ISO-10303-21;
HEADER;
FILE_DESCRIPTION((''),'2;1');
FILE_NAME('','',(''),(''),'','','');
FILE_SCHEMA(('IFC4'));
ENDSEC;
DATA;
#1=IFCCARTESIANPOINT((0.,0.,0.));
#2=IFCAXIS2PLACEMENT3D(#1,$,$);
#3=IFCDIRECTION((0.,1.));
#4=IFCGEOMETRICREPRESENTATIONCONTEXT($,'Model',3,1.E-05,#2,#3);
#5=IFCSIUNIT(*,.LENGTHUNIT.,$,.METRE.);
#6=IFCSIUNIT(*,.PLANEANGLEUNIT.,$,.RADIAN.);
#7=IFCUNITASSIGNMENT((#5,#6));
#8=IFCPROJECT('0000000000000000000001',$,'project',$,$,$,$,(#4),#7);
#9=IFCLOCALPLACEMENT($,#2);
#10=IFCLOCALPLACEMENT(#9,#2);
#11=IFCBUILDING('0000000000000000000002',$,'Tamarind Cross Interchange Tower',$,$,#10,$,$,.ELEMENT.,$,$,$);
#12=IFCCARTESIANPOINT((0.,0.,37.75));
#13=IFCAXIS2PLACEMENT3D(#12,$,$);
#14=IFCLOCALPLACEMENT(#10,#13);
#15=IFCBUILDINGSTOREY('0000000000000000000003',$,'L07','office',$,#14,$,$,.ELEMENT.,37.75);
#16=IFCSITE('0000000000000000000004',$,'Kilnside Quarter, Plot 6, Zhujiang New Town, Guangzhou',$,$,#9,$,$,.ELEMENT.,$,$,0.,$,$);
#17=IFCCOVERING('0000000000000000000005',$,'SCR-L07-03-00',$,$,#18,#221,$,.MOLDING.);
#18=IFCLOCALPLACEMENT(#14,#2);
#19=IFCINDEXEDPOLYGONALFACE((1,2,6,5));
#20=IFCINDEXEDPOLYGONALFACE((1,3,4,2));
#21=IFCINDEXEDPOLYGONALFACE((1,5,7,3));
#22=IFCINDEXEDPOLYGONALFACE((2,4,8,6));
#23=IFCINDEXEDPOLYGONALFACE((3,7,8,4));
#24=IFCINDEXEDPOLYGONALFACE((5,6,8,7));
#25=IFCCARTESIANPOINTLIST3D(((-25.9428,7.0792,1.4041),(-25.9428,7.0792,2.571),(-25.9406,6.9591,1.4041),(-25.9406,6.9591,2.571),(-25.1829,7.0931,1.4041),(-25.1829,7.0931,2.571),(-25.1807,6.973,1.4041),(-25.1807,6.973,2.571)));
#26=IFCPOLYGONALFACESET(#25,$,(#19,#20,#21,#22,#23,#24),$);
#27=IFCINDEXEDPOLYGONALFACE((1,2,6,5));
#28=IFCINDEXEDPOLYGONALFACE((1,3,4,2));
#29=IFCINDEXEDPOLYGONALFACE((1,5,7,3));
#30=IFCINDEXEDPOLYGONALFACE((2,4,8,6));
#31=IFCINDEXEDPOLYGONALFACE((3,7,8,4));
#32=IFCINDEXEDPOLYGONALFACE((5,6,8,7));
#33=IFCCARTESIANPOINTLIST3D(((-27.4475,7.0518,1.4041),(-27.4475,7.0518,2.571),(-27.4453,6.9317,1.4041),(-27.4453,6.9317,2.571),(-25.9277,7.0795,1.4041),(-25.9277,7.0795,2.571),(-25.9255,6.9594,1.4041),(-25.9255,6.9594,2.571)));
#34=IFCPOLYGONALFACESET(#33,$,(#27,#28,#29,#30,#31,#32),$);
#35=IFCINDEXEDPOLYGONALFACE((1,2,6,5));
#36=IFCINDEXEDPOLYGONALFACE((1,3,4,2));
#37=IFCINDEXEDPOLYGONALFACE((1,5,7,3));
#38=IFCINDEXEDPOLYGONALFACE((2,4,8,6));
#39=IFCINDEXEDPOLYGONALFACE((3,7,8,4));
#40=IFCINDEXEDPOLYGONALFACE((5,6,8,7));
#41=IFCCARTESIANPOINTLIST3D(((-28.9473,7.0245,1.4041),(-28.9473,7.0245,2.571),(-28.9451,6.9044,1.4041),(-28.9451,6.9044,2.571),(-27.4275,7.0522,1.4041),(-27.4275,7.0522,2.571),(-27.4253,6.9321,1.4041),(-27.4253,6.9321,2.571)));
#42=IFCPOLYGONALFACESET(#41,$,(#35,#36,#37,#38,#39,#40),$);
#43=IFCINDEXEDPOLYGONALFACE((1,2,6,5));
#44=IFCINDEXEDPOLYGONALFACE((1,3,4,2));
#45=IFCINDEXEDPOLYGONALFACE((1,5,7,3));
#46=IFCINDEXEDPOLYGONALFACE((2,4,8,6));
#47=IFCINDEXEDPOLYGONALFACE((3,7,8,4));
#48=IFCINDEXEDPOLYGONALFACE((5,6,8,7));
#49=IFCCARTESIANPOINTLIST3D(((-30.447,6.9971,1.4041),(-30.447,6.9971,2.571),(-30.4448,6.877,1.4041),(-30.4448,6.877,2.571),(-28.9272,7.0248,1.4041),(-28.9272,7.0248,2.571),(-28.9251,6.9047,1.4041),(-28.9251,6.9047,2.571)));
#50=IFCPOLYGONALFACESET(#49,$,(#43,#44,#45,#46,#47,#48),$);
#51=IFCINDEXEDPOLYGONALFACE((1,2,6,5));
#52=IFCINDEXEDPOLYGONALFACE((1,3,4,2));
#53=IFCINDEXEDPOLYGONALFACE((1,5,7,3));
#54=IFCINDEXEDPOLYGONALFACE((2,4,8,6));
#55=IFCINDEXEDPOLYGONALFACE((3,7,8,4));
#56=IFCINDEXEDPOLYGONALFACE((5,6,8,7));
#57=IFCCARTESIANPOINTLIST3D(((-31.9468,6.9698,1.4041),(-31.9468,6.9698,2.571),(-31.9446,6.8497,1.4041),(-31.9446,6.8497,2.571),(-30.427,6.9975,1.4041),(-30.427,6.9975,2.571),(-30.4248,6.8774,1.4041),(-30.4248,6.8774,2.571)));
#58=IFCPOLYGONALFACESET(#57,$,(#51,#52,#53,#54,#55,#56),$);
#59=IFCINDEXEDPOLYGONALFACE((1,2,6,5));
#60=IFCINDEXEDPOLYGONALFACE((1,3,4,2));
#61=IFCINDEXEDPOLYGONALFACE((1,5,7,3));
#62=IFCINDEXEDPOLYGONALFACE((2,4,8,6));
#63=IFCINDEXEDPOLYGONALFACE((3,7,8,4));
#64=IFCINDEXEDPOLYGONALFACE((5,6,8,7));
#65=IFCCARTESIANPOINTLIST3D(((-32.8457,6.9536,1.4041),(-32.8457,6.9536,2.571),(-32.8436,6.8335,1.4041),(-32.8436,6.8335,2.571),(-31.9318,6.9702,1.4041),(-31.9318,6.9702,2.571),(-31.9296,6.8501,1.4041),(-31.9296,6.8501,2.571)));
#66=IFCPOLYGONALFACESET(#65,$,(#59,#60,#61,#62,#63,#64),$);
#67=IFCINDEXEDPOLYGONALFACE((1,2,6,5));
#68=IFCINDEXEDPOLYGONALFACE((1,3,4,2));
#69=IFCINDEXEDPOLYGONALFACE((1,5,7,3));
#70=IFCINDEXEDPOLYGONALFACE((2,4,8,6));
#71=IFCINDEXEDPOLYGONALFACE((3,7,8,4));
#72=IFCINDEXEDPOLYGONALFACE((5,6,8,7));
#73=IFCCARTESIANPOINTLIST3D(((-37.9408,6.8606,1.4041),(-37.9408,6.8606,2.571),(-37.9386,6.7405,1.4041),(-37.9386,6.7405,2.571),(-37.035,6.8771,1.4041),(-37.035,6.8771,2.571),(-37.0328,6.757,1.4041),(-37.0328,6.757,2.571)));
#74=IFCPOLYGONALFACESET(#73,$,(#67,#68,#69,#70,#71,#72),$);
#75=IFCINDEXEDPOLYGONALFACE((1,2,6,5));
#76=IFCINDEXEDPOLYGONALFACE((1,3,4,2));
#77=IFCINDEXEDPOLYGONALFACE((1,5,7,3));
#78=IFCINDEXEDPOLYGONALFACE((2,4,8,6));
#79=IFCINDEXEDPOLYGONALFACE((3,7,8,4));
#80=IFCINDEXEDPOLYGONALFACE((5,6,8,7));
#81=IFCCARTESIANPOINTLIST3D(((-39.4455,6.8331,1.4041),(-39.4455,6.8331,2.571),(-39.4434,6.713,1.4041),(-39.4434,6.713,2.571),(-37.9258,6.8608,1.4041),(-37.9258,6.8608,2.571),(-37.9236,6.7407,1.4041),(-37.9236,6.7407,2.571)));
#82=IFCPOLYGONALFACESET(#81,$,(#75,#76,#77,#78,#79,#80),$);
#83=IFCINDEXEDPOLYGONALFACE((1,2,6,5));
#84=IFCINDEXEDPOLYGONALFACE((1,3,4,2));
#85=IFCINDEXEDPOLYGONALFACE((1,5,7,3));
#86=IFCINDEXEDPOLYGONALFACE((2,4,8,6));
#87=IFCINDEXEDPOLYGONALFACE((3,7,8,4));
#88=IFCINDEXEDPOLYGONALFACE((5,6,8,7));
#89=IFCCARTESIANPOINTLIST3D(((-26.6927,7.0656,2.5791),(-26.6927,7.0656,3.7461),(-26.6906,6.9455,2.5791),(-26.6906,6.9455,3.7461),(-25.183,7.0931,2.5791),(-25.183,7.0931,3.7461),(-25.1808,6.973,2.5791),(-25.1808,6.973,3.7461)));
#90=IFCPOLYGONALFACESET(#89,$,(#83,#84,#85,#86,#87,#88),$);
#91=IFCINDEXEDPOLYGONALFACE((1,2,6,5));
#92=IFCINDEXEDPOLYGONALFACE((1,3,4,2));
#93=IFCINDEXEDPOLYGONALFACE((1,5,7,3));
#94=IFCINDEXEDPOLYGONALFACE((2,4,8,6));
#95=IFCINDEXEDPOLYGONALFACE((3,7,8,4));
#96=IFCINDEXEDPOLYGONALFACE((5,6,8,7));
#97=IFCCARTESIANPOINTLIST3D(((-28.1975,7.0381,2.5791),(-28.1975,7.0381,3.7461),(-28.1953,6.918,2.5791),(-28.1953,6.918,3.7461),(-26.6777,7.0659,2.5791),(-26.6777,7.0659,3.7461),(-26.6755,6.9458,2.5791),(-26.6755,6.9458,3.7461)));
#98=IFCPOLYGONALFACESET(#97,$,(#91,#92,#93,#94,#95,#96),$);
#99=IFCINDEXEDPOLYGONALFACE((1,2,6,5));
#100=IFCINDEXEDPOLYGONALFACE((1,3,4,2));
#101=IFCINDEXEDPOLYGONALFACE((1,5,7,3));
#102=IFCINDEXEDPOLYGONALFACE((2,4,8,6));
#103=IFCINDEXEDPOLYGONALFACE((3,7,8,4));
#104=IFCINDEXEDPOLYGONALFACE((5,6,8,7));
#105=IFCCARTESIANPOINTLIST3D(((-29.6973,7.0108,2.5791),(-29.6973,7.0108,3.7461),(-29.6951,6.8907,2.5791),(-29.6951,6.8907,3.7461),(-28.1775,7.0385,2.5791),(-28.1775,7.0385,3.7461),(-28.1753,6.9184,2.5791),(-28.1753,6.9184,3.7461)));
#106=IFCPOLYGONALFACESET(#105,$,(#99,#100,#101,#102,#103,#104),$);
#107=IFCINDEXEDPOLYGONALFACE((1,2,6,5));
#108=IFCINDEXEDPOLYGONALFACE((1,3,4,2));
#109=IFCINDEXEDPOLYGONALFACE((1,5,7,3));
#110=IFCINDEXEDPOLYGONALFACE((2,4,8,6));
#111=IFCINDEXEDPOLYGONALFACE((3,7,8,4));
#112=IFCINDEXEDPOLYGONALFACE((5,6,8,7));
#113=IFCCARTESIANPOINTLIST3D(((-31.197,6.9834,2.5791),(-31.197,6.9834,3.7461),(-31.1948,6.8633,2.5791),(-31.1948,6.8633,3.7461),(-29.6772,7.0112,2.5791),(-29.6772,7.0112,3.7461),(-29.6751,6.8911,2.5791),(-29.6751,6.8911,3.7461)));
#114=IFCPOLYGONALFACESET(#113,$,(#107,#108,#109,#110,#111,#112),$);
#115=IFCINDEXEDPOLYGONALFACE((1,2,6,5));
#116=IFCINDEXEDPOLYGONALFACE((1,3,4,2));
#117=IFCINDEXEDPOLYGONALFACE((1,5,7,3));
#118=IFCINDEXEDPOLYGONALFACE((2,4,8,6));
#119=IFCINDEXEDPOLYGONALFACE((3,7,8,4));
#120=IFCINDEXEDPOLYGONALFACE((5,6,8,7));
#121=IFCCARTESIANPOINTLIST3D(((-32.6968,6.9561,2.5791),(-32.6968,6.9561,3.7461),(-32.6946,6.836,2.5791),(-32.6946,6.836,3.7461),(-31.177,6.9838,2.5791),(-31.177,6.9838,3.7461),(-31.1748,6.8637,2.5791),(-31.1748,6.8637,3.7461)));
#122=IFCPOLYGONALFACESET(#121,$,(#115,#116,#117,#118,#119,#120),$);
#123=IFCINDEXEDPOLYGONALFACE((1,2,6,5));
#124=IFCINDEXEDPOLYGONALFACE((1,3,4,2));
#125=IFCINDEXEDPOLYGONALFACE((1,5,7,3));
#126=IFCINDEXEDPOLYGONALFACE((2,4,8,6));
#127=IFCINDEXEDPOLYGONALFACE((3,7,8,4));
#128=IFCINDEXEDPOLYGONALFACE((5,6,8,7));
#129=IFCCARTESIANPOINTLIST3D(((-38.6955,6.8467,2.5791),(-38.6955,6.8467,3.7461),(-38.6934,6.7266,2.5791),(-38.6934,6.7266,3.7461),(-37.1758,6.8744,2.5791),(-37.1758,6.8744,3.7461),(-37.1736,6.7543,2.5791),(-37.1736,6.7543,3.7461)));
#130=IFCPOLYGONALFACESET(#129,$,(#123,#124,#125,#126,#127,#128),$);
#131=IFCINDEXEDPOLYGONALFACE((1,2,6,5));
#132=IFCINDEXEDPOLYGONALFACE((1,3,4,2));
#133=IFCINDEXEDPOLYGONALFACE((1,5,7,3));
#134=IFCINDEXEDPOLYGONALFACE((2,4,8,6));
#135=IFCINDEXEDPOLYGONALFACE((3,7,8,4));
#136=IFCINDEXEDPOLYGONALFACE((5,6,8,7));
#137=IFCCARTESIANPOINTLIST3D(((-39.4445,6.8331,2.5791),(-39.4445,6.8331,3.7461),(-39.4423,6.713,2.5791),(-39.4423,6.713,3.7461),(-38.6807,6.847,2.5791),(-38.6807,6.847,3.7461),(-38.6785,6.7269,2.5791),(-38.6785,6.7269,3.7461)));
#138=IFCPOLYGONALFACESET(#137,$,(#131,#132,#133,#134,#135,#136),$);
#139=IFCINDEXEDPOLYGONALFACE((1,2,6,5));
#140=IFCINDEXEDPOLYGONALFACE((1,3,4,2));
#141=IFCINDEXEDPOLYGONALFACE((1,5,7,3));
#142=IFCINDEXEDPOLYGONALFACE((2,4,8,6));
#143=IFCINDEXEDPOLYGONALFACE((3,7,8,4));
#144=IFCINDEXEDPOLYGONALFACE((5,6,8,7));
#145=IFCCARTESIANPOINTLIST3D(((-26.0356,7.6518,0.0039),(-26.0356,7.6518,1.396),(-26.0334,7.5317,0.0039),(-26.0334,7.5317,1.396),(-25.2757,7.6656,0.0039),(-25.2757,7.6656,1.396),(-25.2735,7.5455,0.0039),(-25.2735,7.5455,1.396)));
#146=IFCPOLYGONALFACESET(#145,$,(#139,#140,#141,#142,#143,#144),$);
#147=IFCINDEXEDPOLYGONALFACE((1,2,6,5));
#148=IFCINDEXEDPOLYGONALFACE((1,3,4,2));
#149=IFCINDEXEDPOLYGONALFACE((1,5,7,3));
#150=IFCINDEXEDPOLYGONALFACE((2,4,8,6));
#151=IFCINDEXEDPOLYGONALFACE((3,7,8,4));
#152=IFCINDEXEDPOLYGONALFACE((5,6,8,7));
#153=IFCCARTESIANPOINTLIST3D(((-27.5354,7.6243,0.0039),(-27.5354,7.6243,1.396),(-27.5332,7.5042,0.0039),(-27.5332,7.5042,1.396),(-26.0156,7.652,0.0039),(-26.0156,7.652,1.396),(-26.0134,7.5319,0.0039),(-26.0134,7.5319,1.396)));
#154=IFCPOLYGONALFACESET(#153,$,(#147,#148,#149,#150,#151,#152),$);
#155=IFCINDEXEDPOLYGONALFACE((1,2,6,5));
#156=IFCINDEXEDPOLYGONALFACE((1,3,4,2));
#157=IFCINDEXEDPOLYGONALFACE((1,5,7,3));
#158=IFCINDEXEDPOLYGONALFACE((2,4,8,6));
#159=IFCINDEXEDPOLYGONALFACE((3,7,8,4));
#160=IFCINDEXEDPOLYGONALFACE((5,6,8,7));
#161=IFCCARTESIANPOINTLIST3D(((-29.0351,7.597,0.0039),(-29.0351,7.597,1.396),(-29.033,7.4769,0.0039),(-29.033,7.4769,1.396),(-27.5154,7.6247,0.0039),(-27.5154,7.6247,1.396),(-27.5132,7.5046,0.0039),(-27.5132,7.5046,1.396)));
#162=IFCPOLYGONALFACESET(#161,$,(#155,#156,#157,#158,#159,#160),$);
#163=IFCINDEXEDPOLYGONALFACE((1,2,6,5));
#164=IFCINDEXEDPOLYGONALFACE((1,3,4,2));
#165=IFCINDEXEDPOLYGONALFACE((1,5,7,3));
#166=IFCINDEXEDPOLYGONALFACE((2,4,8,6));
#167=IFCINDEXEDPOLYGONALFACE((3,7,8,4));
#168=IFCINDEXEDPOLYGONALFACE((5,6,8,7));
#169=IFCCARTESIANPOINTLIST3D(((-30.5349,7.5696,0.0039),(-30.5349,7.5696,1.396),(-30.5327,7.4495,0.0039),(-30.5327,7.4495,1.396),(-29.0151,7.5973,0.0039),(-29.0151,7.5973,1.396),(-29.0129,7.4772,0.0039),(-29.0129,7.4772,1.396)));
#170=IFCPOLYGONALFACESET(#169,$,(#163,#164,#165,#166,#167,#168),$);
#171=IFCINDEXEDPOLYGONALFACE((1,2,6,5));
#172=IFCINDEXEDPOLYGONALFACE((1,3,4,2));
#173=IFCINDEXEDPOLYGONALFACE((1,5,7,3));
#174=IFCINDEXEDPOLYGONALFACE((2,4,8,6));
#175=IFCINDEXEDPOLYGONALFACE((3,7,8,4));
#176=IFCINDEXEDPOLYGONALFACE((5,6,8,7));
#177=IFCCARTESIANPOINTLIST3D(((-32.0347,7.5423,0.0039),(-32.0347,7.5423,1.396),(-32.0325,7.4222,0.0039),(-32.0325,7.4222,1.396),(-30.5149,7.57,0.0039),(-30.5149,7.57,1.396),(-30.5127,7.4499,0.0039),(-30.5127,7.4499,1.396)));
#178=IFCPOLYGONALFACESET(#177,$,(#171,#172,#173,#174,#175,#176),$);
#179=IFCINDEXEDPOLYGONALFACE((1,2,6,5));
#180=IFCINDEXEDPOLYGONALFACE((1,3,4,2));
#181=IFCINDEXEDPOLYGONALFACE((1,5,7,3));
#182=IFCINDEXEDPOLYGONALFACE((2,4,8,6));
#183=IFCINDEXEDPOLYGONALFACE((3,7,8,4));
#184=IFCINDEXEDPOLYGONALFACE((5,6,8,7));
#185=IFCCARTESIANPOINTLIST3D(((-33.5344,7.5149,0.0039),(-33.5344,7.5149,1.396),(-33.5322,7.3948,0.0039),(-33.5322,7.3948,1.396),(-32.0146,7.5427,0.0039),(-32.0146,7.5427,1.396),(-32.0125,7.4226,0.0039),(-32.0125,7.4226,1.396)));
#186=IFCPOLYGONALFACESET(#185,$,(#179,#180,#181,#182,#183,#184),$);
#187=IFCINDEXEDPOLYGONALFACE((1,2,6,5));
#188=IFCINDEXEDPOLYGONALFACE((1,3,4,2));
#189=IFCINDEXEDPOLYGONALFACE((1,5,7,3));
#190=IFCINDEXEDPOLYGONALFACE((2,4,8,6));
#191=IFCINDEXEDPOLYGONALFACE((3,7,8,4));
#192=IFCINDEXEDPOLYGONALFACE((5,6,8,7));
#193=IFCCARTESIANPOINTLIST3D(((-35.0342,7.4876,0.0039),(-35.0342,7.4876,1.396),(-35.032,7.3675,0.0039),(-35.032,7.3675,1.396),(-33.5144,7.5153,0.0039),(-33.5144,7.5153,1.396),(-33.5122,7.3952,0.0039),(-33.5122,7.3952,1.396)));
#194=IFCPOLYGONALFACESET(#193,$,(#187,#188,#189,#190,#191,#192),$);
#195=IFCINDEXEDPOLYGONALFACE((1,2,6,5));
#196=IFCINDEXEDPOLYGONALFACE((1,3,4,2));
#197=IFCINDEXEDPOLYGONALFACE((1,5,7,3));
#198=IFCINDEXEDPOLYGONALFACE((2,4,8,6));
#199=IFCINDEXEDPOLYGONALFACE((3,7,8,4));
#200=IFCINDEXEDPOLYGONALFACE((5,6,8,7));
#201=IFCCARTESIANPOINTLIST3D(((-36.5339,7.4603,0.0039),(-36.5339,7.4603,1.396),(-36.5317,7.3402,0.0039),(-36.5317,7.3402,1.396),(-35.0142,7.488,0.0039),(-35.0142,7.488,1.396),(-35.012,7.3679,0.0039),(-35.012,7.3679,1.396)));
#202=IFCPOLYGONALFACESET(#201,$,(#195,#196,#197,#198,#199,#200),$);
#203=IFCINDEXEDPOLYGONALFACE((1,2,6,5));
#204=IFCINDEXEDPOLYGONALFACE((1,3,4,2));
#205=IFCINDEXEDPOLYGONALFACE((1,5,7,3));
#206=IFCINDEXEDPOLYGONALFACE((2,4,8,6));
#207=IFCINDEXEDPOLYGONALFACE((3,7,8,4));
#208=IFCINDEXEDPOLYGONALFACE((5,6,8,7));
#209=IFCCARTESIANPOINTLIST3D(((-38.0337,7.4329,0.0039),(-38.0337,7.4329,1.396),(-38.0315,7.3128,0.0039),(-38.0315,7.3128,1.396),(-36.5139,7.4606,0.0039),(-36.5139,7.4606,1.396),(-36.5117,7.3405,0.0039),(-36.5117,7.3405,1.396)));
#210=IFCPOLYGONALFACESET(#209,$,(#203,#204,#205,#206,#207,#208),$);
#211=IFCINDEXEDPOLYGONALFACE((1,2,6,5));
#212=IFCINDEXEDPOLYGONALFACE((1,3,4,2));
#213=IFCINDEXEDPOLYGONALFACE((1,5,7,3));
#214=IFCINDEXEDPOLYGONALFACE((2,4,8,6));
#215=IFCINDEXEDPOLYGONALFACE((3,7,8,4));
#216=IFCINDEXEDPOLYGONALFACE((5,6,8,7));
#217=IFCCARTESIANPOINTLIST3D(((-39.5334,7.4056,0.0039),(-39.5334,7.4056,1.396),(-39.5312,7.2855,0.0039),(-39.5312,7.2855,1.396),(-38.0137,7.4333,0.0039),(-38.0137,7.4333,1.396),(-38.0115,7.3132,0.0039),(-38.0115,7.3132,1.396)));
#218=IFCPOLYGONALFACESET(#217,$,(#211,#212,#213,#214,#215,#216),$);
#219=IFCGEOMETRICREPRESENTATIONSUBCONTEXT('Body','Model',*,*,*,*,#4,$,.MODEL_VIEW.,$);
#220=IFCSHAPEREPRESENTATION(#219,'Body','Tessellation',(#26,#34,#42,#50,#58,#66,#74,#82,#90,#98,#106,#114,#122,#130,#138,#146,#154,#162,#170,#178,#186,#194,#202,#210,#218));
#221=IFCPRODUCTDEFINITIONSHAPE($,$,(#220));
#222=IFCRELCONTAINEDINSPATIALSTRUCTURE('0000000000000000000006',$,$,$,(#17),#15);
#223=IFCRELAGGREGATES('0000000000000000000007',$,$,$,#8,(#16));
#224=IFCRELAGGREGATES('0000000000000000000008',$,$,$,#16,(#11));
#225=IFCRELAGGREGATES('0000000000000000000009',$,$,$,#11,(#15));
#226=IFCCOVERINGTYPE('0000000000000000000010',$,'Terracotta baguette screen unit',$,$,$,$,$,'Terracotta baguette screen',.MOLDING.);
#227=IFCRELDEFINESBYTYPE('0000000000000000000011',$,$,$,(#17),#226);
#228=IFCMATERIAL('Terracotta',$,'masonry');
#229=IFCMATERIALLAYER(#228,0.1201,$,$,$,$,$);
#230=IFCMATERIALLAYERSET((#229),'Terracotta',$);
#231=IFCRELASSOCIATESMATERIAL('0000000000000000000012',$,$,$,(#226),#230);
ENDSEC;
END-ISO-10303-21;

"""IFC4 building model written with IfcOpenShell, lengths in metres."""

from ifc_helpers import new_model, si_unit, direction, frame, origin, origin_2d, place, context, subcontext, project, spatial, rectangle, extrude, material, layer, layer_set, type_object, element, save


model = new_model("IFC4")

# Units and contexts
model_context = context("Model", 3, precision=1e-05, world=origin(), true_north=direction((0.0, 1.0)))
body_context = subcontext(model_context, "Body", "Model", "MODEL_VIEW")
ifc_project = project(units=[si_unit("LENGTHUNIT", "METRE"), si_unit("PLANEANGLEUNIT", "RADIAN")], contexts=[model_context])

# Site, building, storey
site_placement = place(None, origin())
site = spatial("IfcSite", under=ifc_project, at=site_placement, Name="Kilnside Quarter, Plot 6, Zhujiang New Town, Guangzhou", CompositionType="ELEMENT", RefElevation=0.0)
building_placement = place(site_placement, origin())
building = spatial("IfcBuilding", under=site, at=building_placement, Name="Tamarind Cross Interchange Tower", CompositionType="ELEMENT")
storey_placement = place(building_placement, frame((0.0, 0.0, 37.75)))
storey = spatial("IfcBuildingStorey", under=building, at=storey_placement, Name="L07", Description="office", CompositionType="ELEMENT", Elevation=37.75)

# Covering
ifc_material_1 = material(Name="Terracotta", Category="masonry")
ifc_layer_1 = layer(ifc_material_1, 0.1201)
ifc_layer_set_1 = layer_set([ifc_layer_1], Name="Terracotta")
covering_type = type_object("IfcCoveringType", Name="Terracotta baguette screen unit", ElementType="Terracotta baguette screen", PredefinedType="MOLDING", material=ifc_layer_set_1)
covering_1_placement = place(storey_placement, origin())
element("IfcCovering", 1, at=covering_1_placement, inside=storey, type_object=covering_type, Name="SCR-L07-03-00", PredefinedType="MOLDING", context=body_context, shape_type="SweptSolid", body=[
    extrude(rectangle(XDim=0.76, YDim=0.1201, at=origin_2d()), frame((-25.5618, 7.0261, 1.4041), z_axis=(0.0, 0.0, 1.0), x_axis=(-0.999834, -0.018234, 0.0)), (0.0, 0.0, 1.0), 1.167),
    extrude(rectangle(XDim=1.52, YDim=0.1201, at=origin_2d()), frame((-26.6865, 7.0056, 1.4041), z_axis=(0.0, 0.0, 1.0), x_axis=(-0.999834, -0.018234, 0.0)), (0.0, 0.0, 1.0), 1.167),
    extrude(rectangle(XDim=1.52, YDim=0.1201, at=origin_2d()), frame((-28.1863, 6.9783, 1.4041), z_axis=(0.0, 0.0, 1.0), x_axis=(-0.999834, -0.018234, 0.0)), (0.0, 0.0, 1.0), 1.167),
    extrude(rectangle(XDim=1.52, YDim=0.1201, at=origin_2d()), frame((-29.686, 6.9509, 1.4041), z_axis=(0.0, 0.0, 1.0), x_axis=(-0.999834, -0.018234, 0.0)), (0.0, 0.0, 1.0), 1.167),
    extrude(rectangle(XDim=1.52, YDim=0.1201, at=origin_2d()), frame((-31.1858, 6.9236, 1.4041), z_axis=(0.0, 0.0, 1.0), x_axis=(-0.999834, -0.018234, 0.0)), (0.0, 0.0, 1.0), 1.167),
    extrude(rectangle(XDim=0.9141, YDim=0.1201, at=origin_2d()), frame((-32.3877, 6.9019, 1.4041), z_axis=(0.0, 0.0, 1.0), x_axis=(-0.999834, -0.018234, 0.0)), (0.0, 0.0, 1.0), 1.167),
    extrude(rectangle(XDim=0.906, YDim=0.1201, at=origin_2d()), frame((-37.4868, 6.8088, 1.4041), z_axis=(0.0, 0.0, 1.0), x_axis=(-0.999834, -0.018234, 0.0)), (0.0, 0.0, 1.0), 1.167),
    extrude(rectangle(XDim=1.52, YDim=0.1201, at=origin_2d()), frame((-38.6846, 6.7869, 1.4041), z_axis=(0.0, 0.0, 1.0), x_axis=(-0.999834, -0.018234, 0.0)), (0.0, 0.0, 1.0), 1.167),
    extrude(rectangle(XDim=1.51, YDim=0.1201, at=origin_2d()), frame((-25.9368, 7.0193, 2.5791), z_axis=(0.0, 0.0, 1.0), x_axis=(-0.999834, -0.018234, 0.0)), (0.0, 0.0, 1.0), 1.167),
    extrude(rectangle(XDim=1.52, YDim=0.1201, at=origin_2d()), frame((-27.4365, 6.9919, 2.5791), z_axis=(0.0, 0.0, 1.0), x_axis=(-0.999834, -0.018234, 0.0)), (0.0, 0.0, 1.0), 1.167),
    extrude(rectangle(XDim=1.52, YDim=0.1201, at=origin_2d()), frame((-28.9363, 6.9646, 2.5791), z_axis=(0.0, 0.0, 1.0), x_axis=(-0.999834, -0.018234, 0.0)), (0.0, 0.0, 1.0), 1.167),
    extrude(rectangle(XDim=1.52, YDim=0.1201, at=origin_2d()), frame((-30.436, 6.9373, 2.5791), z_axis=(0.0, 0.0, 1.0), x_axis=(-0.999834, -0.018234, 0.0)), (0.0, 0.0, 1.0), 1.167),
    extrude(rectangle(XDim=1.52, YDim=0.1201, at=origin_2d()), frame((-31.9358, 6.9099, 2.5791), z_axis=(0.0, 0.0, 1.0), x_axis=(-0.999834, -0.018234, 0.0)), (0.0, 0.0, 1.0), 1.167),
    extrude(rectangle(XDim=1.52, YDim=0.1201, at=origin_2d()), frame((-37.9346, 6.8005, 2.5791), z_axis=(0.0, 0.0, 1.0), x_axis=(-0.999834, -0.018234, 0.0)), (0.0, 0.0, 1.0), 1.167),
    extrude(rectangle(XDim=0.7639, YDim=0.1201, at=origin_2d()), frame((-39.0615, 6.78, 2.5791), z_axis=(0.0, 0.0, 1.0), x_axis=(-0.999834, -0.018234, 0.0)), (0.0, 0.0, 1.0), 1.167),
    extrude(rectangle(XDim=0.76, YDim=0.1201, at=origin_2d()), frame((-25.6545, 7.5986, 0.0039), z_axis=(0.0, 0.0, 1.0), x_axis=(-0.999834, -0.018234, 0.0)), (0.0, 0.0, 1.0), 1.3921),
    extrude(rectangle(XDim=1.52, YDim=0.1201, at=origin_2d()), frame((-26.7744, 7.5781, 0.0039), z_axis=(0.0, 0.0, 1.0), x_axis=(-0.999834, -0.018234, 0.0)), (0.0, 0.0, 1.0), 1.3921),
    extrude(rectangle(XDim=1.52, YDim=0.1201, at=origin_2d()), frame((-28.2742, 7.5508, 0.0039), z_axis=(0.0, 0.0, 1.0), x_axis=(-0.999834, -0.018234, 0.0)), (0.0, 0.0, 1.0), 1.3921),
    extrude(rectangle(XDim=1.52, YDim=0.1201, at=origin_2d()), frame((-29.7739, 7.5234, 0.0039), z_axis=(0.0, 0.0, 1.0), x_axis=(-0.999834, -0.018234, 0.0)), (0.0, 0.0, 1.0), 1.3921),
    extrude(rectangle(XDim=1.52, YDim=0.1201, at=origin_2d()), frame((-31.2737, 7.4961, 0.0039), z_axis=(0.0, 0.0, 1.0), x_axis=(-0.999834, -0.018234, 0.0)), (0.0, 0.0, 1.0), 1.3921),
    extrude(rectangle(XDim=1.52, YDim=0.1201, at=origin_2d()), frame((-32.7734, 7.4688, 0.0039), z_axis=(0.0, 0.0, 1.0), x_axis=(-0.999834, -0.018234, 0.0)), (0.0, 0.0, 1.0), 1.3921),
    extrude(rectangle(XDim=1.52, YDim=0.1201, at=origin_2d()), frame((-34.2732, 7.4414, 0.0039), z_axis=(0.0, 0.0, 1.0), x_axis=(-0.999834, -0.018234, 0.0)), (0.0, 0.0, 1.0), 1.3921),
    extrude(rectangle(XDim=1.52, YDim=0.1201, at=origin_2d()), frame((-35.7729, 7.4141, 0.0039), z_axis=(0.0, 0.0, 1.0), x_axis=(-0.999834, -0.018234, 0.0)), (0.0, 0.0, 1.0), 1.3921),
    extrude(rectangle(XDim=1.52, YDim=0.1201, at=origin_2d()), frame((-37.2727, 7.3867, 0.0039), z_axis=(0.0, 0.0, 1.0), x_axis=(-0.999834, -0.018234, 0.0)), (0.0, 0.0, 1.0), 1.3921),
    extrude(rectangle(XDim=1.52, YDim=0.1201, at=origin_2d()), frame((-38.7725, 7.3594, 0.0039), z_axis=(0.0, 0.0, 1.0), x_axis=(-0.999834, -0.018234, 0.0)), (0.0, 0.0, 1.0), 1.3921),
])

save(model, "model.ifc")
